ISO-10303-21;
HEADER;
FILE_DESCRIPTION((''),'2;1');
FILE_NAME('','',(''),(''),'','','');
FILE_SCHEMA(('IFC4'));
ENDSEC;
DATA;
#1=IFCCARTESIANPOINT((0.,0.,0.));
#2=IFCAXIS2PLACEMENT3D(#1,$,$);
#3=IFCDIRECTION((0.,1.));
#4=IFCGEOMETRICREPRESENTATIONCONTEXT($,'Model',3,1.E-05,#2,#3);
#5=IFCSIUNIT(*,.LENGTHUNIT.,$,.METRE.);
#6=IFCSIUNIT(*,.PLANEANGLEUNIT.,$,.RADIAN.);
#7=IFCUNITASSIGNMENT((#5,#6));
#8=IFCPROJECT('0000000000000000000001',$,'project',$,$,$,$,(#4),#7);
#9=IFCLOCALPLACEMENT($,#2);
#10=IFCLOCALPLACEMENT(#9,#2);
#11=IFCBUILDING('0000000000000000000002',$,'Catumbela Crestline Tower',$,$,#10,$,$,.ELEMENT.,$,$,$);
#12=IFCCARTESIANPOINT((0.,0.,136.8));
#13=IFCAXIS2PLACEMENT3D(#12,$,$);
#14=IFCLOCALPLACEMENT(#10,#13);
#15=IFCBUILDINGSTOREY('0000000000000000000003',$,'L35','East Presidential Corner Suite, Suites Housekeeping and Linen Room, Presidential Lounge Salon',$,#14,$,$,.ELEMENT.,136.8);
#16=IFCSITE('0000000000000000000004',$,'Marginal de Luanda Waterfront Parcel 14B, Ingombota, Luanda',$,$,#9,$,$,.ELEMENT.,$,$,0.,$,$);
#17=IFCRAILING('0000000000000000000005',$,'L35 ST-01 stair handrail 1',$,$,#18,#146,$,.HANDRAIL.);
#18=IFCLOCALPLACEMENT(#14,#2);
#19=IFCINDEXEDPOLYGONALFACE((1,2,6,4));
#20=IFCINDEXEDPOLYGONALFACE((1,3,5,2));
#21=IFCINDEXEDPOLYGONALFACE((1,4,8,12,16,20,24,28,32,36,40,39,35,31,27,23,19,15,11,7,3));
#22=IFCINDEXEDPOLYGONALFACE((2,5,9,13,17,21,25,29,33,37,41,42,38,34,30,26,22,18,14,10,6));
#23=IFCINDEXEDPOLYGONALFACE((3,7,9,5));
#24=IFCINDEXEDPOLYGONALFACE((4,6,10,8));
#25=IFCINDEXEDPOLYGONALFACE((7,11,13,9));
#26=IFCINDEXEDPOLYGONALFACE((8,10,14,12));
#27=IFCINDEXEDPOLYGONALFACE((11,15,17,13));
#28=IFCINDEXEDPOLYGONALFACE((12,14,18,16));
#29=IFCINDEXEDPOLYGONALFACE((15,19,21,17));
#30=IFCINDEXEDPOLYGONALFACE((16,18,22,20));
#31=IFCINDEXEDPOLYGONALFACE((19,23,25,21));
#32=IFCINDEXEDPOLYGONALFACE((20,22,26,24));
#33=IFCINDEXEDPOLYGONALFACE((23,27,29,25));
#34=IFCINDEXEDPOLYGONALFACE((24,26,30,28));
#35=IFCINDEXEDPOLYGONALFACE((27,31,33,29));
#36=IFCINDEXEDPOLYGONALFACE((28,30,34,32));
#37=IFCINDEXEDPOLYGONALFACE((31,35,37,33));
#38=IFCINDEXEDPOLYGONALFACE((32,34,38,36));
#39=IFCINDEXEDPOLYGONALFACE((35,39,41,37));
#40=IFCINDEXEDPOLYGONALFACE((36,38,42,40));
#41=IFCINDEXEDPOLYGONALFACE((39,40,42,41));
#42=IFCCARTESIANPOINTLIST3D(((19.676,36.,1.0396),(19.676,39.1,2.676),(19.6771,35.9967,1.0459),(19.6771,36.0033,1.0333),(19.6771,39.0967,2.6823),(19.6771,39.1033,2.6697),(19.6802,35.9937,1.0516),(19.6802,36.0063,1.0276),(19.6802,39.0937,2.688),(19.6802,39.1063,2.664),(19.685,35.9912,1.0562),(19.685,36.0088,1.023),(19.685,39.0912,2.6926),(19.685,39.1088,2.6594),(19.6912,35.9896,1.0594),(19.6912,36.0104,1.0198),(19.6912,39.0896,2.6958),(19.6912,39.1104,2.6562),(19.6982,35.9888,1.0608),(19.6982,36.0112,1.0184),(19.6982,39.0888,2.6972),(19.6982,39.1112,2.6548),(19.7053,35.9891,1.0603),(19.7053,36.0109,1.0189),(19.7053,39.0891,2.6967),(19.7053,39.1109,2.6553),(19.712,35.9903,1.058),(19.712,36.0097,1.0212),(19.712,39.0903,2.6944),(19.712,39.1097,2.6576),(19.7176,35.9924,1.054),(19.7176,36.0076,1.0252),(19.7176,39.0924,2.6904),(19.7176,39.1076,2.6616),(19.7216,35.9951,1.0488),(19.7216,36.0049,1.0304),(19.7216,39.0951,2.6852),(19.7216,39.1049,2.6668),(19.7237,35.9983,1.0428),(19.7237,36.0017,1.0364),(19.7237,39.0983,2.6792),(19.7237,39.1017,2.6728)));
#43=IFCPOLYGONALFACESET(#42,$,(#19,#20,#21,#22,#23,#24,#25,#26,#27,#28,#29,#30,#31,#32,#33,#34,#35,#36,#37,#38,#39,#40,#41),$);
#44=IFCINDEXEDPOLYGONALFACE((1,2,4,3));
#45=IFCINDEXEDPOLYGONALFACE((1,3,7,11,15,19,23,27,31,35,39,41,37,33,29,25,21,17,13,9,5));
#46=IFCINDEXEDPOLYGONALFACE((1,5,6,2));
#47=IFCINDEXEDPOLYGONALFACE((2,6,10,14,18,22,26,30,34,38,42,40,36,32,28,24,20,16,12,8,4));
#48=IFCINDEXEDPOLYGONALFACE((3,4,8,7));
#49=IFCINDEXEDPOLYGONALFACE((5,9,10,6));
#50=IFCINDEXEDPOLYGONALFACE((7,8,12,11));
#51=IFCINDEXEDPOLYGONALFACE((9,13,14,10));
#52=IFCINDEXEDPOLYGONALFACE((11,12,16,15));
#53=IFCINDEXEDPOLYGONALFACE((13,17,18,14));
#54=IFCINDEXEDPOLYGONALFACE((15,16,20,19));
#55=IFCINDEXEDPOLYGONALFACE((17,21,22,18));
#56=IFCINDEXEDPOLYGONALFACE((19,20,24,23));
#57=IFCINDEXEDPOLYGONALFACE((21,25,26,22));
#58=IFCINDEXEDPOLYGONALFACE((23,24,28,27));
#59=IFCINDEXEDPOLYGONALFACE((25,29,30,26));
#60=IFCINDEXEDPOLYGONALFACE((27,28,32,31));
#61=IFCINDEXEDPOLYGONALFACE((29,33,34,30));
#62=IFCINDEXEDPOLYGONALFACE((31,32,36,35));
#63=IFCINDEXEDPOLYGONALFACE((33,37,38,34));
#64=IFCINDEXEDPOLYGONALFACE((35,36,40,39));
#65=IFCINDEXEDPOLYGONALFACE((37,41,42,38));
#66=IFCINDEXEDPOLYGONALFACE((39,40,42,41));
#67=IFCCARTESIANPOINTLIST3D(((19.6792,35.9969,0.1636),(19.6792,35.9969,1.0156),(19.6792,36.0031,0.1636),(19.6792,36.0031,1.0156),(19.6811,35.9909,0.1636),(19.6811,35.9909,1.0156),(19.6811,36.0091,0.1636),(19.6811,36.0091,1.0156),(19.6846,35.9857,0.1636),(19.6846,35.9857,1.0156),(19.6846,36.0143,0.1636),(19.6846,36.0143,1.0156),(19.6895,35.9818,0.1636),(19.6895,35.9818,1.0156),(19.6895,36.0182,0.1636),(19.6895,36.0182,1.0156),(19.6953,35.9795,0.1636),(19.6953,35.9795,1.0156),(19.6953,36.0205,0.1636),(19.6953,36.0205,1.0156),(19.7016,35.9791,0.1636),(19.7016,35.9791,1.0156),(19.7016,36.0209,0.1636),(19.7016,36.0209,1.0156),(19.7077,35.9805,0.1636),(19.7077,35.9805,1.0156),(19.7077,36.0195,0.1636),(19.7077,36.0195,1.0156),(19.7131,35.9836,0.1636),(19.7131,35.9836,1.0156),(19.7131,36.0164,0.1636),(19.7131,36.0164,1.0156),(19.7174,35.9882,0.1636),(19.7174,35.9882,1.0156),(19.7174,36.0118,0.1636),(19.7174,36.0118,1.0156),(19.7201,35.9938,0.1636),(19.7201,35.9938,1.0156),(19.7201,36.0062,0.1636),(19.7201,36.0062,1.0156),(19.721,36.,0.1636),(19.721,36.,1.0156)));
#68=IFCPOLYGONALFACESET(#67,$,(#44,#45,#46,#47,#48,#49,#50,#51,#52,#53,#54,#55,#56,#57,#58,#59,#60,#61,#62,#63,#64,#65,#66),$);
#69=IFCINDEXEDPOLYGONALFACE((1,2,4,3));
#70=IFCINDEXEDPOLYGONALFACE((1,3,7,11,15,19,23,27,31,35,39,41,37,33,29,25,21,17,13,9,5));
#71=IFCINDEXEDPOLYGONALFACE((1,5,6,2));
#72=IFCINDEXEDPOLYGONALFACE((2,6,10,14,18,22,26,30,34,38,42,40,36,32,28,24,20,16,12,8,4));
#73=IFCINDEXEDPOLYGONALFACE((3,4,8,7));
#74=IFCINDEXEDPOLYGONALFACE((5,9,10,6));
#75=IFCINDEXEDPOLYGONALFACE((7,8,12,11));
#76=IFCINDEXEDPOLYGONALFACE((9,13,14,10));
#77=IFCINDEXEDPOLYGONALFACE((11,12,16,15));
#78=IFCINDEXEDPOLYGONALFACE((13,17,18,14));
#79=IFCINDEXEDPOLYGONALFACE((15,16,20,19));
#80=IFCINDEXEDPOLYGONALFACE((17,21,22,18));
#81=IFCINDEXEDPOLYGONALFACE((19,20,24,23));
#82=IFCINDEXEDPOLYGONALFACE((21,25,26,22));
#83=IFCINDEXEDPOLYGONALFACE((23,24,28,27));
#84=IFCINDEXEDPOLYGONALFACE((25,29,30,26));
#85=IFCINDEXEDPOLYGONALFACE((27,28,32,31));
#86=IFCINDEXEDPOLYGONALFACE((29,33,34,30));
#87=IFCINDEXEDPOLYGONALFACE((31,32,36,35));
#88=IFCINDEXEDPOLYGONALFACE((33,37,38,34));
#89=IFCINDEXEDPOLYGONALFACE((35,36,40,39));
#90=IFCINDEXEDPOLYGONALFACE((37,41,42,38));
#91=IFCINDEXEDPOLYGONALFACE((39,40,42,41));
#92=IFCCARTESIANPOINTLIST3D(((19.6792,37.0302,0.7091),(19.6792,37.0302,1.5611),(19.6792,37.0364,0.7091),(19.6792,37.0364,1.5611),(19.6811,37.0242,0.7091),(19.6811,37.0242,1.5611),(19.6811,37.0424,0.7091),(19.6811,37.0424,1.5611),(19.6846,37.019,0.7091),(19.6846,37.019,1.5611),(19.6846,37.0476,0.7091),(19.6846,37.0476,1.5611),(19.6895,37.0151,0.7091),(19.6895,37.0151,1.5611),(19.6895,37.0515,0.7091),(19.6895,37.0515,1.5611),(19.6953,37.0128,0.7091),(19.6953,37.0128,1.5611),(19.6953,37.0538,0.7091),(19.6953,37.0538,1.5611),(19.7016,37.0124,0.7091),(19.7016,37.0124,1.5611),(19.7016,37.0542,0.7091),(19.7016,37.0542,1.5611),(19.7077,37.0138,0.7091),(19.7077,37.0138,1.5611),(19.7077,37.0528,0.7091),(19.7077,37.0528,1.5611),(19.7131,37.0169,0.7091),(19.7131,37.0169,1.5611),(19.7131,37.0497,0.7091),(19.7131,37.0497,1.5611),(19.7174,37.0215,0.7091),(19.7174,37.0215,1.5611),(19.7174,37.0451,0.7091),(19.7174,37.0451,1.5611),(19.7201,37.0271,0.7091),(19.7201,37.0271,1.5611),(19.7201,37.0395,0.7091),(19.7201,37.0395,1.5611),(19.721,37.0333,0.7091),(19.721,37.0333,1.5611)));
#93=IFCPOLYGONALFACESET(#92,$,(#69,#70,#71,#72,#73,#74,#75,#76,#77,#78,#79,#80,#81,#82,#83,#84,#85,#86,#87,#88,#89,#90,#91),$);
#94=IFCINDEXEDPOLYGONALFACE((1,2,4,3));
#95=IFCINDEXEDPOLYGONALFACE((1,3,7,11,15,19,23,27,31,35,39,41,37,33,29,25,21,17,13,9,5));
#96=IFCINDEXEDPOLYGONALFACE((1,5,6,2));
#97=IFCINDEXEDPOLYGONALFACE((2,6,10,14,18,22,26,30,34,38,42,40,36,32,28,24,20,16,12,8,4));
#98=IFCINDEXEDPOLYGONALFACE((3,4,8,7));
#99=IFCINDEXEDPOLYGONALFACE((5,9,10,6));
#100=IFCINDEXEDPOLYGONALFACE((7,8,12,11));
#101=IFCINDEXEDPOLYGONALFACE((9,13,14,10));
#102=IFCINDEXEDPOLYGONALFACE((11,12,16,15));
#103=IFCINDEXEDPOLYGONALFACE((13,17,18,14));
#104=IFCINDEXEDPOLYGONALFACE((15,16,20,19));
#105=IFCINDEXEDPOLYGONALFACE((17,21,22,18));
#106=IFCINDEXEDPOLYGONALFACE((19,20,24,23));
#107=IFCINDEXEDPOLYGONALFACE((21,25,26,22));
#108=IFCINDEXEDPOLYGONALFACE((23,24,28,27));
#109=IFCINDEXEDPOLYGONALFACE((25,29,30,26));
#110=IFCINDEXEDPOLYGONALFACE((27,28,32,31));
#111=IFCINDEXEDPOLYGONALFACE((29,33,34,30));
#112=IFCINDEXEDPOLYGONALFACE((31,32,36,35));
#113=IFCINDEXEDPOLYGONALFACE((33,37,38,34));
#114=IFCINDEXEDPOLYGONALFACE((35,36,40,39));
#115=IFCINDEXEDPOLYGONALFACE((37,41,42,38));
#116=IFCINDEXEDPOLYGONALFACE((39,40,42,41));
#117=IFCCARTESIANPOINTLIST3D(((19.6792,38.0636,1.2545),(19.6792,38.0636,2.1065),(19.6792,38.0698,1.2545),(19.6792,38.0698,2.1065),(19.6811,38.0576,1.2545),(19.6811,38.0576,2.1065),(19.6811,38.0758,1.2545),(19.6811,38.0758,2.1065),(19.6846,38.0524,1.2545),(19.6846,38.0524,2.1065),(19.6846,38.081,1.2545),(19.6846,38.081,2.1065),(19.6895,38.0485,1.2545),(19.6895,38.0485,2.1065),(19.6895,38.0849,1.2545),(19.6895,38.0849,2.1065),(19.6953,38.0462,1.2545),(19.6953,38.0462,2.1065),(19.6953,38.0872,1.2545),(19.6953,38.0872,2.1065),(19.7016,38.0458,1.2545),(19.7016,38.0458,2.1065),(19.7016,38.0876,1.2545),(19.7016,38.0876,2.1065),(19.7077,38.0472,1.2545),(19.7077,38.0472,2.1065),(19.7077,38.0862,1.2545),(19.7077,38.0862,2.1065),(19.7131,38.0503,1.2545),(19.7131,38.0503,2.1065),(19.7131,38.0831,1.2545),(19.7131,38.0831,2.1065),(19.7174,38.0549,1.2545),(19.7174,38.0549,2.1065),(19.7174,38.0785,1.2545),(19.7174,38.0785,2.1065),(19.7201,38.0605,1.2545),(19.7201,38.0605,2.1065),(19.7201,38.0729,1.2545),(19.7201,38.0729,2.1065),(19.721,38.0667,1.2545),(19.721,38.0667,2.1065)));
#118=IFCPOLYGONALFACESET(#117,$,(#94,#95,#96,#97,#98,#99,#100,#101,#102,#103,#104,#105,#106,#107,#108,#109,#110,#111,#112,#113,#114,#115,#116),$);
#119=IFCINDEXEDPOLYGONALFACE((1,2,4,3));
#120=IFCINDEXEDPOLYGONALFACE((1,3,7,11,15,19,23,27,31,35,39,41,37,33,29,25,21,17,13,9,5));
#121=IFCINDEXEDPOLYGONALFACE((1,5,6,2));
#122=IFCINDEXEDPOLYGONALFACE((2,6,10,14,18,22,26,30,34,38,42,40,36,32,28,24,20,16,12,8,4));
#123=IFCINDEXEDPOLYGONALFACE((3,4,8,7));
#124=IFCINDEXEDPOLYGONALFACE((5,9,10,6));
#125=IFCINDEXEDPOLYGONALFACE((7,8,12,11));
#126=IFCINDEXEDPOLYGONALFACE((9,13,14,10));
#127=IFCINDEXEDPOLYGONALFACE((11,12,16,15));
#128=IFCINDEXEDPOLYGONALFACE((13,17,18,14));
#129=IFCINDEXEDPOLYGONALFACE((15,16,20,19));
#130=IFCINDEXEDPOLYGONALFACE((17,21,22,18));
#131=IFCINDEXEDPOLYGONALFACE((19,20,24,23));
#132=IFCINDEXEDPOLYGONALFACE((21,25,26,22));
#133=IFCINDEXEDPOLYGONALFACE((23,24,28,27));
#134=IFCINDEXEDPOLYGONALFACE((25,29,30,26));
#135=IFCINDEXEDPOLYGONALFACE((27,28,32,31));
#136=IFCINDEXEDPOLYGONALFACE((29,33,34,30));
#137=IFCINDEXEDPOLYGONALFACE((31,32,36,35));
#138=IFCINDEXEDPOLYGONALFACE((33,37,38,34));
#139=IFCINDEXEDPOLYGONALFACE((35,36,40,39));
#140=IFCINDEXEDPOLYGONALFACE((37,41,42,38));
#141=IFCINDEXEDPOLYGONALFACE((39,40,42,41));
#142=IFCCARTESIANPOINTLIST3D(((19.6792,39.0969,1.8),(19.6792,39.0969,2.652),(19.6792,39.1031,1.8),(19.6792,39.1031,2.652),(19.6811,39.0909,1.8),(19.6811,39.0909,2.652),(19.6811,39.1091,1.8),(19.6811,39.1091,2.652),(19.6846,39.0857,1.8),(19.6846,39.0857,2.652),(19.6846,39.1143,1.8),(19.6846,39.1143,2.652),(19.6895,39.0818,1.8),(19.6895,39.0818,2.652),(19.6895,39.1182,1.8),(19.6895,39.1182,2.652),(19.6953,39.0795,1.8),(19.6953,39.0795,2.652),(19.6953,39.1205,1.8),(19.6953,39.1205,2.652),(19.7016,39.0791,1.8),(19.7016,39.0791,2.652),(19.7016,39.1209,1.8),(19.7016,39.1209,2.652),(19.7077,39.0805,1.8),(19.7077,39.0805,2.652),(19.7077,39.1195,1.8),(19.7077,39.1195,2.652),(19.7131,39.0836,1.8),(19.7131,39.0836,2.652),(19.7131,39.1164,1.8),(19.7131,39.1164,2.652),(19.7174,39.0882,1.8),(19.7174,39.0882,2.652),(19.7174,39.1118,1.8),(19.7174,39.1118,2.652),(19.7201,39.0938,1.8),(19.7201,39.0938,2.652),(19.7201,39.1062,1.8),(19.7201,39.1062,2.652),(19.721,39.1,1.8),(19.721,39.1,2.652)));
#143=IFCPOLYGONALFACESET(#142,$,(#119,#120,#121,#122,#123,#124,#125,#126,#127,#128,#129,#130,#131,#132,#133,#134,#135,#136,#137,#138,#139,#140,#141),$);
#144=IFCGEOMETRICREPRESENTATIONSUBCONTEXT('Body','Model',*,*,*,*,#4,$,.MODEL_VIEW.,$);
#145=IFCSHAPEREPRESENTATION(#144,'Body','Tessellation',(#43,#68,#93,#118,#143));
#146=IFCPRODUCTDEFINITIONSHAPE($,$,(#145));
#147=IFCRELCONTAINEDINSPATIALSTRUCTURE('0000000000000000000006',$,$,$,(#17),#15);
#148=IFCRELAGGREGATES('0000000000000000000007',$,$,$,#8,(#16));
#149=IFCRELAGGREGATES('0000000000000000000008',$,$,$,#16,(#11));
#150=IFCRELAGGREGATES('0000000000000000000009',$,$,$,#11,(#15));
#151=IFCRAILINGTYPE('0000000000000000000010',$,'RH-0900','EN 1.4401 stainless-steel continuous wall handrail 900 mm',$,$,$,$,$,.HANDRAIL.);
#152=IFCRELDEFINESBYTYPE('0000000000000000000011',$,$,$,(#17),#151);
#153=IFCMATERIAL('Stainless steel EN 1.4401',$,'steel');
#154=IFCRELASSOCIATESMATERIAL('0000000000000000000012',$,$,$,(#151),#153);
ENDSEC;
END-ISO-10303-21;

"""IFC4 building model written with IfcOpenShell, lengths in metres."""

from ifc_helpers import new_model, si_unit, direction, frame, origin, origin_2d, place, context, subcontext, project, spatial, circle, extrude, material, type_object, element, save


model = new_model("IFC4")

# Units and contexts
model_context = context("Model", 3, precision=1e-05, world=origin(), true_north=direction((0.0, 1.0)))
body_context = subcontext(model_context, "Body", "Model", "MODEL_VIEW")
ifc_project = project(units=[si_unit("LENGTHUNIT", "METRE"), si_unit("PLANEANGLEUNIT", "RADIAN")], contexts=[model_context])

# Site, building, storey
site_placement = place(None, origin())
site = spatial("IfcSite", under=ifc_project, at=site_placement, Name="Marginal de Luanda Waterfront Parcel 14B, Ingombota, Luanda", CompositionType="ELEMENT", RefElevation=0.0)
building_placement = place(site_placement, origin())
building = spatial("IfcBuilding", under=site, at=building_placement, Name="Catumbela Crestline Tower", CompositionType="ELEMENT")
storey_placement = place(building_placement, frame((0.0, 0.0, 136.8)))
storey = spatial("IfcBuildingStorey", under=building, at=storey_placement, Name="L35", Description="East Presidential Corner Suite, Suites Housekeeping and Linen Room, Presidential Lounge Salon", CompositionType="ELEMENT", Elevation=136.8)

# Shared definitions
ifc_material_1 = material(Name="Stainless steel EN 1.4401", Category="steel")

# Railing
railing_type = type_object("IfcRailingType", Name="RH-0900", Description="EN 1.4401 stainless-steel continuous wall handrail 900 mm", PredefinedType="HANDRAIL", material=ifc_material_1)
railing_placement = place(storey_placement, frame((19.7, 36.0, 0.1636)))
element("IfcRailing", 1, at=railing_placement, inside=storey, type_object=railing_type, Name="L35 ST-01 stair handrail 1", PredefinedType="HANDRAIL", context=body_context, shape_type="SweptSolid", body=[
    extrude(circle(Radius=0.024, at=origin_2d()), frame((0.0, 0.0, 0.876), z_axis=(0.0, 0.884351, 0.466823), x_axis=(-1.0, 0.0, 0.0)), (0.0, 0.0, 1.0), 3.5054),
    extrude(circle(Radius=0.021, at=origin_2d()), origin(), (0.0, 0.0, 1.0), 0.852),
    extrude(circle(Radius=0.021, at=origin_2d()), frame((0.0, 1.0333, 0.5455)), (0.0, 0.0, 1.0), 0.852),
    extrude(circle(Radius=0.021, at=origin_2d()), frame((0.0, 2.0667, 1.0909)), (0.0, 0.0, 1.0), 0.852),
    extrude(circle(Radius=0.021, at=origin_2d()), frame((0.0, 3.1, 1.6364)), (0.0, 0.0, 1.0), 0.852),
])

save(model, "model.ifc")
